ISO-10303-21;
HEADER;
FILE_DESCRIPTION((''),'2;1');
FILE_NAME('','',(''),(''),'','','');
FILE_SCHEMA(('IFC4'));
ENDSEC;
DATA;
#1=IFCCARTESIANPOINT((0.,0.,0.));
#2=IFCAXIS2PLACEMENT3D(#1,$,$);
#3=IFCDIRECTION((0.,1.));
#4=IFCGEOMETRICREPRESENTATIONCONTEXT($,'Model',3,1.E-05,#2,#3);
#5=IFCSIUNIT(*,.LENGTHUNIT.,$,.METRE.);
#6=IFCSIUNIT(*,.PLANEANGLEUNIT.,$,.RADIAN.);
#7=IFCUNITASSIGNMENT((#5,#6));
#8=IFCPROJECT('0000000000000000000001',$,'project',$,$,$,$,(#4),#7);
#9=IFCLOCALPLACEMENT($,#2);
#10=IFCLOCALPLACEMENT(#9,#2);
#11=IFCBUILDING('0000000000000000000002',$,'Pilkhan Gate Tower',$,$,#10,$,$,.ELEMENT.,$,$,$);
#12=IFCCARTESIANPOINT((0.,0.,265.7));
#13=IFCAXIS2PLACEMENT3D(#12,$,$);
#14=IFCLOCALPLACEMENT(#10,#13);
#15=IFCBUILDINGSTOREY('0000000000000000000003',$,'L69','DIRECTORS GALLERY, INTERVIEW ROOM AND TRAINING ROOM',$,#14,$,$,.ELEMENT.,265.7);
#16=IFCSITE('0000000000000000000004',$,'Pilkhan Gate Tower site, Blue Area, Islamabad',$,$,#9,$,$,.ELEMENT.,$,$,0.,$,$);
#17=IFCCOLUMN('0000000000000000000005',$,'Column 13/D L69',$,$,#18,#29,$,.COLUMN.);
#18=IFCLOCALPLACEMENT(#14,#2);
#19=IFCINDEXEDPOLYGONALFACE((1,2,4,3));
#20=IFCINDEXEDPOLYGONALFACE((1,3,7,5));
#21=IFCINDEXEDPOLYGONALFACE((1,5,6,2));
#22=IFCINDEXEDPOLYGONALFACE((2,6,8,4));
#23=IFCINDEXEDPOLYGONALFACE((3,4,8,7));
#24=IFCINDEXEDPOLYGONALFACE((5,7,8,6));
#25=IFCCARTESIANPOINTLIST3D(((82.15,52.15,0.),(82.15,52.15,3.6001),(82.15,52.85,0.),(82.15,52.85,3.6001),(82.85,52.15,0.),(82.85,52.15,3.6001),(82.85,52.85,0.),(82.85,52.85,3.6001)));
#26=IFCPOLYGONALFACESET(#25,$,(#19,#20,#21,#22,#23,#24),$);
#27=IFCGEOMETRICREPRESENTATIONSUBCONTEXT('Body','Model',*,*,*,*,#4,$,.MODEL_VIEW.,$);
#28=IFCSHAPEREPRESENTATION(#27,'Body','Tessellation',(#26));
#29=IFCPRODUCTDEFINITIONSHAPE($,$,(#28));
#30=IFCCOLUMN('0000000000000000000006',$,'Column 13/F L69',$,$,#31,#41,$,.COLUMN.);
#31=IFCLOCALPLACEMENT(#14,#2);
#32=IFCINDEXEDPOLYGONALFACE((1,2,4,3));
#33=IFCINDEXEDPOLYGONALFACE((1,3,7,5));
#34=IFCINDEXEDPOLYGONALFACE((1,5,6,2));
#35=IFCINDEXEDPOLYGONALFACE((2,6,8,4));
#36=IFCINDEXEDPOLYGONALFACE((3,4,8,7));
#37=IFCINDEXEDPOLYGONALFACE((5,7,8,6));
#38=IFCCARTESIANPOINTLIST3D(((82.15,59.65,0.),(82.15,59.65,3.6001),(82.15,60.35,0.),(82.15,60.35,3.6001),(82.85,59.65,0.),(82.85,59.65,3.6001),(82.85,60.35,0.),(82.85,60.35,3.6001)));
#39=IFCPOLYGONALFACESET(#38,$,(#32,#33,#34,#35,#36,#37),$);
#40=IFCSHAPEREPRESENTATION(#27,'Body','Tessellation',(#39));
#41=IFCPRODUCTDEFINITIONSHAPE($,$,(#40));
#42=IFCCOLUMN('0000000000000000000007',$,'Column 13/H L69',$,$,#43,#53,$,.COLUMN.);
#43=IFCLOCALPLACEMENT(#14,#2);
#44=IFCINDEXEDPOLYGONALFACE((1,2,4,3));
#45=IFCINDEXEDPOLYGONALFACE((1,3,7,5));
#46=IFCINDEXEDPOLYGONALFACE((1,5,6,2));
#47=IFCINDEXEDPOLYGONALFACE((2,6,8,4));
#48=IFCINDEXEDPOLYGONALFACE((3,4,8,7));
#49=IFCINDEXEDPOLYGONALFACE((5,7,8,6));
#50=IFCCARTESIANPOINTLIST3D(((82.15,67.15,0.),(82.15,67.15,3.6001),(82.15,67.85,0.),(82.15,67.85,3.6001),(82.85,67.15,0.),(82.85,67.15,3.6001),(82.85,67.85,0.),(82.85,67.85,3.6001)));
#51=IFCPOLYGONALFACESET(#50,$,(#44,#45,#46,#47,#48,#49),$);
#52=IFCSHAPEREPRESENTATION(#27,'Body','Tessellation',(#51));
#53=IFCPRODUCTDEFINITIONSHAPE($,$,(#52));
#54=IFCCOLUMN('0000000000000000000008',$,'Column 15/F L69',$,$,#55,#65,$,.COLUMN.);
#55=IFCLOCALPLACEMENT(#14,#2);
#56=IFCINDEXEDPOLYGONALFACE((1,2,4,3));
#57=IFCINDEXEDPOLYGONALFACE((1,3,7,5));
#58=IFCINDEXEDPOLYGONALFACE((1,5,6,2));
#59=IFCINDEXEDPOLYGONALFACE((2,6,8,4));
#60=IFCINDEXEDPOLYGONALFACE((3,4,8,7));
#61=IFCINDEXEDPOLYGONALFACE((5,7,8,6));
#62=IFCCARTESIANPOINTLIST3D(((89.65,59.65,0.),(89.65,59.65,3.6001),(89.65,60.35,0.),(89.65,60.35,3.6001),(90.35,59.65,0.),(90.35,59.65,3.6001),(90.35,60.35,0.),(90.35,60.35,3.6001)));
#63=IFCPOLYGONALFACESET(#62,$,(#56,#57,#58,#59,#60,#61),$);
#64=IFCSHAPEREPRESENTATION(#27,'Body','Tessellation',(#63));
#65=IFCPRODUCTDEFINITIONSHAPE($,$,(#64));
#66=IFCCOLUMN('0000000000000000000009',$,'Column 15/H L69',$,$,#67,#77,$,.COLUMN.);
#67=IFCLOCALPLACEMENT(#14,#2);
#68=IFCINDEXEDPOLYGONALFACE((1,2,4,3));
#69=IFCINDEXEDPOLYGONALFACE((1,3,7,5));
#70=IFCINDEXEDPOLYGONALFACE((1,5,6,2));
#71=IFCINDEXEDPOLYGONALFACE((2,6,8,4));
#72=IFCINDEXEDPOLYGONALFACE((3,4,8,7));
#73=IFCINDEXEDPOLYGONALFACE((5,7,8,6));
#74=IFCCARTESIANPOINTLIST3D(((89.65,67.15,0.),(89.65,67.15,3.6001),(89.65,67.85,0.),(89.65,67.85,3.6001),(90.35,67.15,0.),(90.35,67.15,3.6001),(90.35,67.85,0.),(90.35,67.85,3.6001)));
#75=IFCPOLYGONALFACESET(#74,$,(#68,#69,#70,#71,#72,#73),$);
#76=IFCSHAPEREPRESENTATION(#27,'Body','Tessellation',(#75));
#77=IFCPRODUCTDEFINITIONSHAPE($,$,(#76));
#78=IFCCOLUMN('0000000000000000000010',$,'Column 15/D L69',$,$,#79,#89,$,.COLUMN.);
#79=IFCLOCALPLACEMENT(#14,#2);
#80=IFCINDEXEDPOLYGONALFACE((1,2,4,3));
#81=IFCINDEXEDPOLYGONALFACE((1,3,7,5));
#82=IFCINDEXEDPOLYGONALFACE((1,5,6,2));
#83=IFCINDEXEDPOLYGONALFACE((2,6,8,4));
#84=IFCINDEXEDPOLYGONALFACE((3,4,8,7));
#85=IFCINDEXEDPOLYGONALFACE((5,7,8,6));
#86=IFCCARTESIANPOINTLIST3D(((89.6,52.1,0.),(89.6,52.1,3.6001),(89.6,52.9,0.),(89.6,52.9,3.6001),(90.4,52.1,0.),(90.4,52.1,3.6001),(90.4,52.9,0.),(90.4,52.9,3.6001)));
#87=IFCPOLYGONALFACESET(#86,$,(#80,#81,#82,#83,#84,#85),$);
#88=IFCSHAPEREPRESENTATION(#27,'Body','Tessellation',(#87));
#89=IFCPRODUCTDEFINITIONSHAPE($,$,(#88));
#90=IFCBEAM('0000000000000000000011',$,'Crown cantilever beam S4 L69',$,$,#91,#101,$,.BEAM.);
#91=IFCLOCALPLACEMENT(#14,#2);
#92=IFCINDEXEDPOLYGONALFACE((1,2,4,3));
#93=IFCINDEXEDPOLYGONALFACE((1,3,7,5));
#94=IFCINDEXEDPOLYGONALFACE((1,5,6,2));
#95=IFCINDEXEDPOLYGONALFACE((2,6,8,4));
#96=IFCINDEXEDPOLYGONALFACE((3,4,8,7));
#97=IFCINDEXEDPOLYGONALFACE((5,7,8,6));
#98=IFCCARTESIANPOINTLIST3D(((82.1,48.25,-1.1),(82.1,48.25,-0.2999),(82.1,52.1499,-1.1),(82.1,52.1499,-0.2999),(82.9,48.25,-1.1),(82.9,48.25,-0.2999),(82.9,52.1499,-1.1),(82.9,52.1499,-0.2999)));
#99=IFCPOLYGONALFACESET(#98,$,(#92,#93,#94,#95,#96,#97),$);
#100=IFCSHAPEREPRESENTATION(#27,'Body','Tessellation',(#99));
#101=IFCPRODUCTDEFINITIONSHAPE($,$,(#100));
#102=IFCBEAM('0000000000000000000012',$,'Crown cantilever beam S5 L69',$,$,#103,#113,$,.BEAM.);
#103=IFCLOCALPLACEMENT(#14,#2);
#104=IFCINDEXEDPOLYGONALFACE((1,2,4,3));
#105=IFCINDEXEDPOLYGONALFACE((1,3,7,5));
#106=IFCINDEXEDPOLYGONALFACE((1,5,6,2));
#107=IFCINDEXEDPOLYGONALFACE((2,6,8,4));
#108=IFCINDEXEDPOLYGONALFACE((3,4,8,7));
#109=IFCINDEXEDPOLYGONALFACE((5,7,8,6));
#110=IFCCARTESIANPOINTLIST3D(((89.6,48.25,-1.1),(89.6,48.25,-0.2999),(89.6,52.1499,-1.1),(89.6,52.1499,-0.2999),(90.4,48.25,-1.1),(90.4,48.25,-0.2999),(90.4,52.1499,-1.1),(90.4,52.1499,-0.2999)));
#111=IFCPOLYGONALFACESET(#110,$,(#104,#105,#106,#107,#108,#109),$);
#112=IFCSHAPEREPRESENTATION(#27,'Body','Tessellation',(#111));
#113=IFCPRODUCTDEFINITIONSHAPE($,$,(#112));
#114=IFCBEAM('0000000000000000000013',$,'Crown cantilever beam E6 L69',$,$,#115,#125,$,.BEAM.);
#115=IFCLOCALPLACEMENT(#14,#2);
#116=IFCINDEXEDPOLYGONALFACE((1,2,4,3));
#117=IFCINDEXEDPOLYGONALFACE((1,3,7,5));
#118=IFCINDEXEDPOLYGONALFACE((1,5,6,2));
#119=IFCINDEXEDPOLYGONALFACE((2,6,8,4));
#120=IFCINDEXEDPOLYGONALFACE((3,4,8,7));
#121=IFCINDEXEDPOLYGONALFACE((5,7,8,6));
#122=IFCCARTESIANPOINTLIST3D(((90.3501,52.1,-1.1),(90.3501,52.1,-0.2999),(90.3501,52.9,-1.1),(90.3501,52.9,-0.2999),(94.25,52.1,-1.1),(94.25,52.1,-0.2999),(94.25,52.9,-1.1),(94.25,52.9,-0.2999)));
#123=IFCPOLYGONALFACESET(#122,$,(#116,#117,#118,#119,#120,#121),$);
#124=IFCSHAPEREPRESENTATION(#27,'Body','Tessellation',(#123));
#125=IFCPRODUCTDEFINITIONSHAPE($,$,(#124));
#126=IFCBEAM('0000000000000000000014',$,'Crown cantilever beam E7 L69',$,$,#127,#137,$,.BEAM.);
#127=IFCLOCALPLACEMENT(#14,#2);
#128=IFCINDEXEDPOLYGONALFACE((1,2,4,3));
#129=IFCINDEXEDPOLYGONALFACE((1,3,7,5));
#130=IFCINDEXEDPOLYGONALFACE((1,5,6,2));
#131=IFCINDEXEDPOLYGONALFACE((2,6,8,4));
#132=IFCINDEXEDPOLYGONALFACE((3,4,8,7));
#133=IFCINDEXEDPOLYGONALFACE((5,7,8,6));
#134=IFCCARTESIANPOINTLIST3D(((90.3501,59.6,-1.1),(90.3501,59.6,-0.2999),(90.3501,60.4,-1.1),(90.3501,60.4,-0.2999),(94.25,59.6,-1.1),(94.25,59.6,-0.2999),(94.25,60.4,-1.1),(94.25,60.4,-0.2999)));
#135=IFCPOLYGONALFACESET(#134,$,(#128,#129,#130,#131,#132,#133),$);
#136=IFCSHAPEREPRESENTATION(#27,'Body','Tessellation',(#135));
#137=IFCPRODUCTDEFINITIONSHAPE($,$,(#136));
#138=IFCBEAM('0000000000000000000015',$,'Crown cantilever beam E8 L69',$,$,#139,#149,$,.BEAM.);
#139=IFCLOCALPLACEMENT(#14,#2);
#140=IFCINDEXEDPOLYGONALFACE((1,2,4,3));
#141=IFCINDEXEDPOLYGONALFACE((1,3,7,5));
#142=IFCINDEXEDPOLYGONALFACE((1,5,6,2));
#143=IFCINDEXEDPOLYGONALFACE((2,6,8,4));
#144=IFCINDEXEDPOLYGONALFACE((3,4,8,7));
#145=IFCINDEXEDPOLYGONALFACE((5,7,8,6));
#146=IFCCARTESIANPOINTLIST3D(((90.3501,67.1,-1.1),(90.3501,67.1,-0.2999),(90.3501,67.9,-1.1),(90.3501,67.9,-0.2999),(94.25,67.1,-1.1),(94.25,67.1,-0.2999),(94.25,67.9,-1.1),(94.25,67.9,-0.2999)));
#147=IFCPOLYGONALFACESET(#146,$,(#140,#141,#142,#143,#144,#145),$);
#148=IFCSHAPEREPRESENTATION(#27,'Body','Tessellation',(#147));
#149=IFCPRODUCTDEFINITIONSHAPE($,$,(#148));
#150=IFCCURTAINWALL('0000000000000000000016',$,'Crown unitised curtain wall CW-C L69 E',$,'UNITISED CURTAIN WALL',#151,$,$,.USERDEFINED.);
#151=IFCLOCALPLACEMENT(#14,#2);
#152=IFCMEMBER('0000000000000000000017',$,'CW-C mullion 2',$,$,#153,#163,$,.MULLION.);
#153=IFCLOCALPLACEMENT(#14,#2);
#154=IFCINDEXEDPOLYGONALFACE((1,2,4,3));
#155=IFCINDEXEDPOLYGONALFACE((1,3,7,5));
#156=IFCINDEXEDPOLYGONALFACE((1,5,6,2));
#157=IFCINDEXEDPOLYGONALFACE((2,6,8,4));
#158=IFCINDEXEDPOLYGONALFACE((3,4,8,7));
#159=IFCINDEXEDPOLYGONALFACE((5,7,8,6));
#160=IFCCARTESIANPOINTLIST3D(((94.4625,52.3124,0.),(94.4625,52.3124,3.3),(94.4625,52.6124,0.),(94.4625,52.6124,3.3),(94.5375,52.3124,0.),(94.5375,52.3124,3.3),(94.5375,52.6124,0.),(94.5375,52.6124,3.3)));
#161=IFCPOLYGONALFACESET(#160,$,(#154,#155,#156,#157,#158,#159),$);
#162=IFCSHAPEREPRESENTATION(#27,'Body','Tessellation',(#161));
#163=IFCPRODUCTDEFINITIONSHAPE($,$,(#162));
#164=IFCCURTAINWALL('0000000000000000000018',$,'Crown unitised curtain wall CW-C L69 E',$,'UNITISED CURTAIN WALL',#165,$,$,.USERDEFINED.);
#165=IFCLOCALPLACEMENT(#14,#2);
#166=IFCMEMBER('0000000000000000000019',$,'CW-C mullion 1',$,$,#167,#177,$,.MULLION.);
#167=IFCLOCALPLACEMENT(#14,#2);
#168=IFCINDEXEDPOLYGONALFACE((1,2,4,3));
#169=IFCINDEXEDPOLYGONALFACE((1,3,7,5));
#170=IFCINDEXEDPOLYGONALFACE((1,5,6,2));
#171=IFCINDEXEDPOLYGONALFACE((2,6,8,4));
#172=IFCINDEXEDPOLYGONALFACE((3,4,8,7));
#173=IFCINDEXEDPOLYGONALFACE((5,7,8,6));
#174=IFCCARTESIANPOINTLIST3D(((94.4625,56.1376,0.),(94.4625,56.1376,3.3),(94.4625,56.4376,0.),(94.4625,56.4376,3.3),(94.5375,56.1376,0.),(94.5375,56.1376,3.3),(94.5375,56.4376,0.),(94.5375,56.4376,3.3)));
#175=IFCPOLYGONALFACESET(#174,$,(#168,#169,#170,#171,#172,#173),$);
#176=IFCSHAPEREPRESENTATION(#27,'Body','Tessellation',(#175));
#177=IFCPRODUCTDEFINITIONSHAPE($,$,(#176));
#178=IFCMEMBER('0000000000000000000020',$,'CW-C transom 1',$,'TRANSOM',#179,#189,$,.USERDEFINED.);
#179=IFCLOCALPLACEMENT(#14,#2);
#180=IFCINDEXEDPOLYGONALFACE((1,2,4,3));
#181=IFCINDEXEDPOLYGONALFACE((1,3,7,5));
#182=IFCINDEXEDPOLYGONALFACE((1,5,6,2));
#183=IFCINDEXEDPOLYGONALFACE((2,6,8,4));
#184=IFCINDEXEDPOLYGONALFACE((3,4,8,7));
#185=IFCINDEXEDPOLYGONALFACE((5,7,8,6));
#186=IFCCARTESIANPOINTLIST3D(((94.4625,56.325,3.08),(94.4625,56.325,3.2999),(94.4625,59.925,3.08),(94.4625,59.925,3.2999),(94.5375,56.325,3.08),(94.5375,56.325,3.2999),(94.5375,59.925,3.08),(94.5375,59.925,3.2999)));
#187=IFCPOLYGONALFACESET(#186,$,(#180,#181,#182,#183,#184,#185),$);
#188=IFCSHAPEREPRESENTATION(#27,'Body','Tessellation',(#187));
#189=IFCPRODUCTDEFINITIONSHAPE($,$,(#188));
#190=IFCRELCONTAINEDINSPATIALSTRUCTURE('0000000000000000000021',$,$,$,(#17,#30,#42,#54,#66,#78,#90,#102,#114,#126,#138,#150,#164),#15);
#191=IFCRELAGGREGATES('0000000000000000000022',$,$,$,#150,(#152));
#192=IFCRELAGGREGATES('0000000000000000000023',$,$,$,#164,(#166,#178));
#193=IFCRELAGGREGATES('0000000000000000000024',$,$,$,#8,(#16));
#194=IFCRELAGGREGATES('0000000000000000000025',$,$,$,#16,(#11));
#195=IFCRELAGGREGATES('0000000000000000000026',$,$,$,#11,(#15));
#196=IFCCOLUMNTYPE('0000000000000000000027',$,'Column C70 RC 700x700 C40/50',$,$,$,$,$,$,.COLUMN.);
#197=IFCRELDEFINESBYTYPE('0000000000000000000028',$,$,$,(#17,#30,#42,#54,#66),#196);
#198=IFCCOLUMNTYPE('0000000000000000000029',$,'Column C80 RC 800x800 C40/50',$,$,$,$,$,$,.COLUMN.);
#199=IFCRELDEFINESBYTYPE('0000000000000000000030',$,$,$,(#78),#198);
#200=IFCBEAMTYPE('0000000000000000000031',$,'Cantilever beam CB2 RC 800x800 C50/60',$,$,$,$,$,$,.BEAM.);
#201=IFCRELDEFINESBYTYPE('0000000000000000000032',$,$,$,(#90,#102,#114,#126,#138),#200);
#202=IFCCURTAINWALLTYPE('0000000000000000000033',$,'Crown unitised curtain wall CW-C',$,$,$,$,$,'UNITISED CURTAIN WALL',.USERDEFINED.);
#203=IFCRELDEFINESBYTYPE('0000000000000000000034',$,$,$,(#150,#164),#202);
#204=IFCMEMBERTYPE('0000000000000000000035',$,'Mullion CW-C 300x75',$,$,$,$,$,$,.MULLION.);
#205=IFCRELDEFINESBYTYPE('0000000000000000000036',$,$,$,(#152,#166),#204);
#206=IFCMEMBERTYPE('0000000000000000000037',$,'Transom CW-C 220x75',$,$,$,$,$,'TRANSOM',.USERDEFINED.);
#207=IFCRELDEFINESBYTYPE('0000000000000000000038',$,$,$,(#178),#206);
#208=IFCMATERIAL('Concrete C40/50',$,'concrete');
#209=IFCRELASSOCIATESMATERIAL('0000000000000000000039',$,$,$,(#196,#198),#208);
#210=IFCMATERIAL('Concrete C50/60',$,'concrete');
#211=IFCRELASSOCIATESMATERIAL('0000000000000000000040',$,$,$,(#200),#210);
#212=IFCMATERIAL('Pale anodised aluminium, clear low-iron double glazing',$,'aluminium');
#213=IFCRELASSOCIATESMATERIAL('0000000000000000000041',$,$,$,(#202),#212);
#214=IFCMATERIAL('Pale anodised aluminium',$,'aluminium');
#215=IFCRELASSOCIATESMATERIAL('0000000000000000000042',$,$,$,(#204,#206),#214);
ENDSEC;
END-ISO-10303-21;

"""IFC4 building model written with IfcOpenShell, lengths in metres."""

from ifc_helpers import new_model, si_unit, direction, frame, origin, origin_2d, place, context, subcontext, project, spatial, rectangle, extrude, material, material_profile, profile_set, type_object, element, aggregate, save


model = new_model("IFC4")

# Units and contexts
model_context = context("Model", 3, precision=1e-05, world=origin(), true_north=direction((0.0, 1.0)))
body_context = subcontext(model_context, "Body", "Model", "MODEL_VIEW")
ifc_project = project(units=[si_unit("LENGTHUNIT", "METRE"), si_unit("PLANEANGLEUNIT", "RADIAN")], contexts=[model_context])

# Site, building, storey
site_placement = place(None, origin())
site = spatial("IfcSite", under=ifc_project, at=site_placement, Name="Pilkhan Gate Tower site, Blue Area, Islamabad", CompositionType="ELEMENT", RefElevation=0.0)
building_placement = place(site_placement, origin())
building = spatial("IfcBuilding", under=site, at=building_placement, Name="Pilkhan Gate Tower", CompositionType="ELEMENT")
storey_placement = place(building_placement, frame((0.0, 0.0, 265.7)))
storey = spatial("IfcBuildingStorey", under=building, at=storey_placement, Name="L69", Description="DIRECTORS GALLERY, INTERVIEW ROOM AND TRAINING ROOM", CompositionType="ELEMENT", Elevation=265.7)

# Columns
ifc_material_1 = material(Name="Concrete C40/50", Category="concrete")
ifc_material_profile_1 = material_profile(ifc_material_1, rectangle(XDim=0.7, YDim=0.7, at=origin_2d()), Name="RC 700x700")
ifc_profile_set_1 = profile_set([ifc_material_profile_1], Name="Concrete C40/50")
column_type_1 = type_object("IfcColumnType", Name="Column C70 RC 700x700 C40/50", PredefinedType="COLUMN", material=ifc_profile_set_1)
for number, where, z_axis, x_axis, name in (
    (1, (82.5, 52.5, 0.0), (0.0, 0.0, 1.0), (1.0, 0.0, 0.0), "Column 13/D L69"),
    (2, (82.5, 60.0, 0.0), (0.0, 0.0, 1.0), (1.0, 0.0, 0.0), "Column 13/F L69"),
    (3, (82.5, 67.5, 0.0), (0.0, 0.0, 1.0), (1.0, 0.0, 0.0), "Column 13/H L69"),
    (4, (90.0, 60.0, 0.0), (0.0, 0.0, 1.0), (1.0, 0.0, 0.0), "Column 15/F L69"),
    (5, (90.0, 67.5, 0.0), (0.0, 0.0, 1.0), (1.0, 0.0, 0.0), "Column 15/H L69"),
):
    element("IfcColumn", number, at=place(storey_placement, frame(where, z_axis=z_axis, x_axis=x_axis)), inside=storey, type_object=column_type_1, Name=name, PredefinedType="COLUMN", context=body_context, shape_type="SweptSolid", body=[
        extrude(rectangle(XDim=0.7, YDim=0.7, at=origin_2d()), origin(), (0.0, 0.0, 1.0), 3.6001),
    ])
ifc_material_profile_2 = material_profile(ifc_material_1, rectangle(XDim=0.8, YDim=0.8, at=origin_2d()), Name="RC 800x800")
ifc_profile_set_2 = profile_set([ifc_material_profile_2], Name="Concrete C40/50")
column_type_2 = type_object("IfcColumnType", Name="Column C80 RC 800x800 C40/50", PredefinedType="COLUMN", material=ifc_profile_set_2)
column_placement = place(storey_placement, frame((90.0, 52.5, 0.0), z_axis=(0.0, 0.0, 1.0), x_axis=(1.0, 0.0, 0.0)))
element("IfcColumn", 6, at=column_placement, inside=storey, type_object=column_type_2, Name="Column 15/D L69", PredefinedType="COLUMN", context=body_context, shape_type="SweptSolid", body=[
    extrude(rectangle(XDim=0.8, YDim=0.8, at=origin_2d()), origin(), (0.0, 0.0, 1.0), 3.6001),
])

# Beams
ifc_material_2 = material(Name="Concrete C50/60", Category="concrete")
ifc_material_profile_3 = material_profile(ifc_material_2, rectangle(XDim=0.8, YDim=0.8, at=origin_2d()), Name="RC 800x800")
ifc_profile_set_3 = profile_set([ifc_material_profile_3], Name="Concrete C50/60")
beam_type = type_object("IfcBeamType", Name="Cantilever beam CB2 RC 800x800 C50/60", PredefinedType="BEAM", material=ifc_profile_set_3)
for number, where, z_axis, x_axis, name in (
    (7, (82.5, 52.1499, -0.7), (0.0, -1.0, 0.0), (1.0, 0.0, 0.0), "Crown cantilever beam S4 L69"),
    (8, (90.0, 52.1499, -0.7), (0.0, -1.0, 0.0), (1.0, 0.0, 0.0), "Crown cantilever beam S5 L69"),
    (9, (90.3501, 52.5, -0.7), (1.0, 0.0, 0.0), (0.0, 1.0, 0.0), "Crown cantilever beam E6 L69"),
    (10, (90.3501, 60.0, -0.7), (1.0, 0.0, 0.0), (0.0, 1.0, 0.0), "Crown cantilever beam E7 L69"),
    (11, (90.3501, 67.5, -0.7), (1.0, 0.0, 0.0), (0.0, 1.0, 0.0), "Crown cantilever beam E8 L69"),
):
    element("IfcBeam", number, at=place(storey_placement, frame(where, z_axis=z_axis, x_axis=x_axis)), inside=storey, type_object=beam_type, Name=name, PredefinedType="BEAM", context=body_context, shape_type="SweptSolid", body=[
        extrude(rectangle(XDim=0.8, YDim=0.8, at=origin_2d()), origin(), (0.0, 0.0, 1.0), 3.8999),
    ])

# Curtain wall, member
ifc_material_3 = material(Name="Pale anodised aluminium, clear low-iron double glazing", Category="aluminium")
curtain_wall_type = type_object("IfcCurtainWallType", Name="Crown unitised curtain wall CW-C", ElementType="UNITISED CURTAIN WALL", PredefinedType="USERDEFINED", material=ifc_material_3)
curtain_wall_1_placement = place(storey_placement, origin())
curtain_wall_1 = element("IfcCurtainWall", 12, at=curtain_wall_1_placement, inside=storey, type_object=curtain_wall_type, Name="Crown unitised curtain wall CW-C L69 E", ObjectType="UNITISED CURTAIN WALL", PredefinedType="USERDEFINED")
ifc_material_4 = material(Name="Pale anodised aluminium", Category="aluminium")
ifc_material_profile_4 = material_profile(ifc_material_4, rectangle(XDim=0.075, YDim=0.3, at=origin_2d()), Name="Mullion 300x75")
ifc_profile_set_4 = profile_set([ifc_material_profile_4], Name="Pale anodised aluminium")
member_type_1 = type_object("IfcMemberType", Name="Mullion CW-C 300x75", PredefinedType="MULLION", material=ifc_profile_set_4)
member_1_placement = place(storey_placement, frame((94.5, 52.4624, 0.0), z_axis=(0.0, 0.0, 1.0), x_axis=(-1.0, 0.0, 0.0)))
member_1 = element("IfcMember", 13, at=member_1_placement, type_object=member_type_1, Name="CW-C mullion 2", PredefinedType="MULLION", context=body_context, shape_type="SweptSolid", body=[
    extrude(rectangle(XDim=0.075, YDim=0.3, at=origin_2d()), origin(), (0.0, 0.0, 1.0), 3.3),
])
aggregate(curtain_wall_1, [member_1])

# Curtain wall, members
curtain_wall_2_placement = place(storey_placement, origin())
curtain_wall_2 = element("IfcCurtainWall", 14, at=curtain_wall_2_placement, inside=storey, type_object=curtain_wall_type, Name="Crown unitised curtain wall CW-C L69 E", ObjectType="UNITISED CURTAIN WALL", PredefinedType="USERDEFINED")
member_2_placement = place(storey_placement, frame((94.5, 56.2876, 0.0), z_axis=(0.0, 0.0, 1.0), x_axis=(-1.0, 0.0, 0.0)))
member_2 = element("IfcMember", 15, at=member_2_placement, type_object=member_type_1, Name="CW-C mullion 1", PredefinedType="MULLION", context=body_context, shape_type="SweptSolid", body=[
    extrude(rectangle(XDim=0.075, YDim=0.3, at=origin_2d()), origin(), (0.0, 0.0, 1.0), 3.3),
])
ifc_material_profile_5 = material_profile(ifc_material_4, rectangle(XDim=0.075, YDim=0.22, at=origin_2d()), Name="Transom 220x75")
ifc_profile_set_5 = profile_set([ifc_material_profile_5], Name="Pale anodised aluminium")
member_type_2 = type_object("IfcMemberType", Name="Transom CW-C 220x75", ElementType="TRANSOM", PredefinedType="USERDEFINED", material=ifc_profile_set_5)
member_3_placement = place(storey_placement, frame((94.5, 56.325, 3.1899), z_axis=(0.0, 1.0, 0.0), x_axis=(-1.0, 0.0, 0.0)))
member_3 = element("IfcMember", 16, at=member_3_placement, type_object=member_type_2, Name="CW-C transom 1", ObjectType="TRANSOM", PredefinedType="USERDEFINED", context=body_context, shape_type="SweptSolid", body=[
    extrude(rectangle(XDim=0.075, YDim=0.22, at=origin_2d()), origin(), (0.0, 0.0, 1.0), 3.6001),
])
aggregate(curtain_wall_2, [member_2, member_3])

save(model, "model.ifc")
